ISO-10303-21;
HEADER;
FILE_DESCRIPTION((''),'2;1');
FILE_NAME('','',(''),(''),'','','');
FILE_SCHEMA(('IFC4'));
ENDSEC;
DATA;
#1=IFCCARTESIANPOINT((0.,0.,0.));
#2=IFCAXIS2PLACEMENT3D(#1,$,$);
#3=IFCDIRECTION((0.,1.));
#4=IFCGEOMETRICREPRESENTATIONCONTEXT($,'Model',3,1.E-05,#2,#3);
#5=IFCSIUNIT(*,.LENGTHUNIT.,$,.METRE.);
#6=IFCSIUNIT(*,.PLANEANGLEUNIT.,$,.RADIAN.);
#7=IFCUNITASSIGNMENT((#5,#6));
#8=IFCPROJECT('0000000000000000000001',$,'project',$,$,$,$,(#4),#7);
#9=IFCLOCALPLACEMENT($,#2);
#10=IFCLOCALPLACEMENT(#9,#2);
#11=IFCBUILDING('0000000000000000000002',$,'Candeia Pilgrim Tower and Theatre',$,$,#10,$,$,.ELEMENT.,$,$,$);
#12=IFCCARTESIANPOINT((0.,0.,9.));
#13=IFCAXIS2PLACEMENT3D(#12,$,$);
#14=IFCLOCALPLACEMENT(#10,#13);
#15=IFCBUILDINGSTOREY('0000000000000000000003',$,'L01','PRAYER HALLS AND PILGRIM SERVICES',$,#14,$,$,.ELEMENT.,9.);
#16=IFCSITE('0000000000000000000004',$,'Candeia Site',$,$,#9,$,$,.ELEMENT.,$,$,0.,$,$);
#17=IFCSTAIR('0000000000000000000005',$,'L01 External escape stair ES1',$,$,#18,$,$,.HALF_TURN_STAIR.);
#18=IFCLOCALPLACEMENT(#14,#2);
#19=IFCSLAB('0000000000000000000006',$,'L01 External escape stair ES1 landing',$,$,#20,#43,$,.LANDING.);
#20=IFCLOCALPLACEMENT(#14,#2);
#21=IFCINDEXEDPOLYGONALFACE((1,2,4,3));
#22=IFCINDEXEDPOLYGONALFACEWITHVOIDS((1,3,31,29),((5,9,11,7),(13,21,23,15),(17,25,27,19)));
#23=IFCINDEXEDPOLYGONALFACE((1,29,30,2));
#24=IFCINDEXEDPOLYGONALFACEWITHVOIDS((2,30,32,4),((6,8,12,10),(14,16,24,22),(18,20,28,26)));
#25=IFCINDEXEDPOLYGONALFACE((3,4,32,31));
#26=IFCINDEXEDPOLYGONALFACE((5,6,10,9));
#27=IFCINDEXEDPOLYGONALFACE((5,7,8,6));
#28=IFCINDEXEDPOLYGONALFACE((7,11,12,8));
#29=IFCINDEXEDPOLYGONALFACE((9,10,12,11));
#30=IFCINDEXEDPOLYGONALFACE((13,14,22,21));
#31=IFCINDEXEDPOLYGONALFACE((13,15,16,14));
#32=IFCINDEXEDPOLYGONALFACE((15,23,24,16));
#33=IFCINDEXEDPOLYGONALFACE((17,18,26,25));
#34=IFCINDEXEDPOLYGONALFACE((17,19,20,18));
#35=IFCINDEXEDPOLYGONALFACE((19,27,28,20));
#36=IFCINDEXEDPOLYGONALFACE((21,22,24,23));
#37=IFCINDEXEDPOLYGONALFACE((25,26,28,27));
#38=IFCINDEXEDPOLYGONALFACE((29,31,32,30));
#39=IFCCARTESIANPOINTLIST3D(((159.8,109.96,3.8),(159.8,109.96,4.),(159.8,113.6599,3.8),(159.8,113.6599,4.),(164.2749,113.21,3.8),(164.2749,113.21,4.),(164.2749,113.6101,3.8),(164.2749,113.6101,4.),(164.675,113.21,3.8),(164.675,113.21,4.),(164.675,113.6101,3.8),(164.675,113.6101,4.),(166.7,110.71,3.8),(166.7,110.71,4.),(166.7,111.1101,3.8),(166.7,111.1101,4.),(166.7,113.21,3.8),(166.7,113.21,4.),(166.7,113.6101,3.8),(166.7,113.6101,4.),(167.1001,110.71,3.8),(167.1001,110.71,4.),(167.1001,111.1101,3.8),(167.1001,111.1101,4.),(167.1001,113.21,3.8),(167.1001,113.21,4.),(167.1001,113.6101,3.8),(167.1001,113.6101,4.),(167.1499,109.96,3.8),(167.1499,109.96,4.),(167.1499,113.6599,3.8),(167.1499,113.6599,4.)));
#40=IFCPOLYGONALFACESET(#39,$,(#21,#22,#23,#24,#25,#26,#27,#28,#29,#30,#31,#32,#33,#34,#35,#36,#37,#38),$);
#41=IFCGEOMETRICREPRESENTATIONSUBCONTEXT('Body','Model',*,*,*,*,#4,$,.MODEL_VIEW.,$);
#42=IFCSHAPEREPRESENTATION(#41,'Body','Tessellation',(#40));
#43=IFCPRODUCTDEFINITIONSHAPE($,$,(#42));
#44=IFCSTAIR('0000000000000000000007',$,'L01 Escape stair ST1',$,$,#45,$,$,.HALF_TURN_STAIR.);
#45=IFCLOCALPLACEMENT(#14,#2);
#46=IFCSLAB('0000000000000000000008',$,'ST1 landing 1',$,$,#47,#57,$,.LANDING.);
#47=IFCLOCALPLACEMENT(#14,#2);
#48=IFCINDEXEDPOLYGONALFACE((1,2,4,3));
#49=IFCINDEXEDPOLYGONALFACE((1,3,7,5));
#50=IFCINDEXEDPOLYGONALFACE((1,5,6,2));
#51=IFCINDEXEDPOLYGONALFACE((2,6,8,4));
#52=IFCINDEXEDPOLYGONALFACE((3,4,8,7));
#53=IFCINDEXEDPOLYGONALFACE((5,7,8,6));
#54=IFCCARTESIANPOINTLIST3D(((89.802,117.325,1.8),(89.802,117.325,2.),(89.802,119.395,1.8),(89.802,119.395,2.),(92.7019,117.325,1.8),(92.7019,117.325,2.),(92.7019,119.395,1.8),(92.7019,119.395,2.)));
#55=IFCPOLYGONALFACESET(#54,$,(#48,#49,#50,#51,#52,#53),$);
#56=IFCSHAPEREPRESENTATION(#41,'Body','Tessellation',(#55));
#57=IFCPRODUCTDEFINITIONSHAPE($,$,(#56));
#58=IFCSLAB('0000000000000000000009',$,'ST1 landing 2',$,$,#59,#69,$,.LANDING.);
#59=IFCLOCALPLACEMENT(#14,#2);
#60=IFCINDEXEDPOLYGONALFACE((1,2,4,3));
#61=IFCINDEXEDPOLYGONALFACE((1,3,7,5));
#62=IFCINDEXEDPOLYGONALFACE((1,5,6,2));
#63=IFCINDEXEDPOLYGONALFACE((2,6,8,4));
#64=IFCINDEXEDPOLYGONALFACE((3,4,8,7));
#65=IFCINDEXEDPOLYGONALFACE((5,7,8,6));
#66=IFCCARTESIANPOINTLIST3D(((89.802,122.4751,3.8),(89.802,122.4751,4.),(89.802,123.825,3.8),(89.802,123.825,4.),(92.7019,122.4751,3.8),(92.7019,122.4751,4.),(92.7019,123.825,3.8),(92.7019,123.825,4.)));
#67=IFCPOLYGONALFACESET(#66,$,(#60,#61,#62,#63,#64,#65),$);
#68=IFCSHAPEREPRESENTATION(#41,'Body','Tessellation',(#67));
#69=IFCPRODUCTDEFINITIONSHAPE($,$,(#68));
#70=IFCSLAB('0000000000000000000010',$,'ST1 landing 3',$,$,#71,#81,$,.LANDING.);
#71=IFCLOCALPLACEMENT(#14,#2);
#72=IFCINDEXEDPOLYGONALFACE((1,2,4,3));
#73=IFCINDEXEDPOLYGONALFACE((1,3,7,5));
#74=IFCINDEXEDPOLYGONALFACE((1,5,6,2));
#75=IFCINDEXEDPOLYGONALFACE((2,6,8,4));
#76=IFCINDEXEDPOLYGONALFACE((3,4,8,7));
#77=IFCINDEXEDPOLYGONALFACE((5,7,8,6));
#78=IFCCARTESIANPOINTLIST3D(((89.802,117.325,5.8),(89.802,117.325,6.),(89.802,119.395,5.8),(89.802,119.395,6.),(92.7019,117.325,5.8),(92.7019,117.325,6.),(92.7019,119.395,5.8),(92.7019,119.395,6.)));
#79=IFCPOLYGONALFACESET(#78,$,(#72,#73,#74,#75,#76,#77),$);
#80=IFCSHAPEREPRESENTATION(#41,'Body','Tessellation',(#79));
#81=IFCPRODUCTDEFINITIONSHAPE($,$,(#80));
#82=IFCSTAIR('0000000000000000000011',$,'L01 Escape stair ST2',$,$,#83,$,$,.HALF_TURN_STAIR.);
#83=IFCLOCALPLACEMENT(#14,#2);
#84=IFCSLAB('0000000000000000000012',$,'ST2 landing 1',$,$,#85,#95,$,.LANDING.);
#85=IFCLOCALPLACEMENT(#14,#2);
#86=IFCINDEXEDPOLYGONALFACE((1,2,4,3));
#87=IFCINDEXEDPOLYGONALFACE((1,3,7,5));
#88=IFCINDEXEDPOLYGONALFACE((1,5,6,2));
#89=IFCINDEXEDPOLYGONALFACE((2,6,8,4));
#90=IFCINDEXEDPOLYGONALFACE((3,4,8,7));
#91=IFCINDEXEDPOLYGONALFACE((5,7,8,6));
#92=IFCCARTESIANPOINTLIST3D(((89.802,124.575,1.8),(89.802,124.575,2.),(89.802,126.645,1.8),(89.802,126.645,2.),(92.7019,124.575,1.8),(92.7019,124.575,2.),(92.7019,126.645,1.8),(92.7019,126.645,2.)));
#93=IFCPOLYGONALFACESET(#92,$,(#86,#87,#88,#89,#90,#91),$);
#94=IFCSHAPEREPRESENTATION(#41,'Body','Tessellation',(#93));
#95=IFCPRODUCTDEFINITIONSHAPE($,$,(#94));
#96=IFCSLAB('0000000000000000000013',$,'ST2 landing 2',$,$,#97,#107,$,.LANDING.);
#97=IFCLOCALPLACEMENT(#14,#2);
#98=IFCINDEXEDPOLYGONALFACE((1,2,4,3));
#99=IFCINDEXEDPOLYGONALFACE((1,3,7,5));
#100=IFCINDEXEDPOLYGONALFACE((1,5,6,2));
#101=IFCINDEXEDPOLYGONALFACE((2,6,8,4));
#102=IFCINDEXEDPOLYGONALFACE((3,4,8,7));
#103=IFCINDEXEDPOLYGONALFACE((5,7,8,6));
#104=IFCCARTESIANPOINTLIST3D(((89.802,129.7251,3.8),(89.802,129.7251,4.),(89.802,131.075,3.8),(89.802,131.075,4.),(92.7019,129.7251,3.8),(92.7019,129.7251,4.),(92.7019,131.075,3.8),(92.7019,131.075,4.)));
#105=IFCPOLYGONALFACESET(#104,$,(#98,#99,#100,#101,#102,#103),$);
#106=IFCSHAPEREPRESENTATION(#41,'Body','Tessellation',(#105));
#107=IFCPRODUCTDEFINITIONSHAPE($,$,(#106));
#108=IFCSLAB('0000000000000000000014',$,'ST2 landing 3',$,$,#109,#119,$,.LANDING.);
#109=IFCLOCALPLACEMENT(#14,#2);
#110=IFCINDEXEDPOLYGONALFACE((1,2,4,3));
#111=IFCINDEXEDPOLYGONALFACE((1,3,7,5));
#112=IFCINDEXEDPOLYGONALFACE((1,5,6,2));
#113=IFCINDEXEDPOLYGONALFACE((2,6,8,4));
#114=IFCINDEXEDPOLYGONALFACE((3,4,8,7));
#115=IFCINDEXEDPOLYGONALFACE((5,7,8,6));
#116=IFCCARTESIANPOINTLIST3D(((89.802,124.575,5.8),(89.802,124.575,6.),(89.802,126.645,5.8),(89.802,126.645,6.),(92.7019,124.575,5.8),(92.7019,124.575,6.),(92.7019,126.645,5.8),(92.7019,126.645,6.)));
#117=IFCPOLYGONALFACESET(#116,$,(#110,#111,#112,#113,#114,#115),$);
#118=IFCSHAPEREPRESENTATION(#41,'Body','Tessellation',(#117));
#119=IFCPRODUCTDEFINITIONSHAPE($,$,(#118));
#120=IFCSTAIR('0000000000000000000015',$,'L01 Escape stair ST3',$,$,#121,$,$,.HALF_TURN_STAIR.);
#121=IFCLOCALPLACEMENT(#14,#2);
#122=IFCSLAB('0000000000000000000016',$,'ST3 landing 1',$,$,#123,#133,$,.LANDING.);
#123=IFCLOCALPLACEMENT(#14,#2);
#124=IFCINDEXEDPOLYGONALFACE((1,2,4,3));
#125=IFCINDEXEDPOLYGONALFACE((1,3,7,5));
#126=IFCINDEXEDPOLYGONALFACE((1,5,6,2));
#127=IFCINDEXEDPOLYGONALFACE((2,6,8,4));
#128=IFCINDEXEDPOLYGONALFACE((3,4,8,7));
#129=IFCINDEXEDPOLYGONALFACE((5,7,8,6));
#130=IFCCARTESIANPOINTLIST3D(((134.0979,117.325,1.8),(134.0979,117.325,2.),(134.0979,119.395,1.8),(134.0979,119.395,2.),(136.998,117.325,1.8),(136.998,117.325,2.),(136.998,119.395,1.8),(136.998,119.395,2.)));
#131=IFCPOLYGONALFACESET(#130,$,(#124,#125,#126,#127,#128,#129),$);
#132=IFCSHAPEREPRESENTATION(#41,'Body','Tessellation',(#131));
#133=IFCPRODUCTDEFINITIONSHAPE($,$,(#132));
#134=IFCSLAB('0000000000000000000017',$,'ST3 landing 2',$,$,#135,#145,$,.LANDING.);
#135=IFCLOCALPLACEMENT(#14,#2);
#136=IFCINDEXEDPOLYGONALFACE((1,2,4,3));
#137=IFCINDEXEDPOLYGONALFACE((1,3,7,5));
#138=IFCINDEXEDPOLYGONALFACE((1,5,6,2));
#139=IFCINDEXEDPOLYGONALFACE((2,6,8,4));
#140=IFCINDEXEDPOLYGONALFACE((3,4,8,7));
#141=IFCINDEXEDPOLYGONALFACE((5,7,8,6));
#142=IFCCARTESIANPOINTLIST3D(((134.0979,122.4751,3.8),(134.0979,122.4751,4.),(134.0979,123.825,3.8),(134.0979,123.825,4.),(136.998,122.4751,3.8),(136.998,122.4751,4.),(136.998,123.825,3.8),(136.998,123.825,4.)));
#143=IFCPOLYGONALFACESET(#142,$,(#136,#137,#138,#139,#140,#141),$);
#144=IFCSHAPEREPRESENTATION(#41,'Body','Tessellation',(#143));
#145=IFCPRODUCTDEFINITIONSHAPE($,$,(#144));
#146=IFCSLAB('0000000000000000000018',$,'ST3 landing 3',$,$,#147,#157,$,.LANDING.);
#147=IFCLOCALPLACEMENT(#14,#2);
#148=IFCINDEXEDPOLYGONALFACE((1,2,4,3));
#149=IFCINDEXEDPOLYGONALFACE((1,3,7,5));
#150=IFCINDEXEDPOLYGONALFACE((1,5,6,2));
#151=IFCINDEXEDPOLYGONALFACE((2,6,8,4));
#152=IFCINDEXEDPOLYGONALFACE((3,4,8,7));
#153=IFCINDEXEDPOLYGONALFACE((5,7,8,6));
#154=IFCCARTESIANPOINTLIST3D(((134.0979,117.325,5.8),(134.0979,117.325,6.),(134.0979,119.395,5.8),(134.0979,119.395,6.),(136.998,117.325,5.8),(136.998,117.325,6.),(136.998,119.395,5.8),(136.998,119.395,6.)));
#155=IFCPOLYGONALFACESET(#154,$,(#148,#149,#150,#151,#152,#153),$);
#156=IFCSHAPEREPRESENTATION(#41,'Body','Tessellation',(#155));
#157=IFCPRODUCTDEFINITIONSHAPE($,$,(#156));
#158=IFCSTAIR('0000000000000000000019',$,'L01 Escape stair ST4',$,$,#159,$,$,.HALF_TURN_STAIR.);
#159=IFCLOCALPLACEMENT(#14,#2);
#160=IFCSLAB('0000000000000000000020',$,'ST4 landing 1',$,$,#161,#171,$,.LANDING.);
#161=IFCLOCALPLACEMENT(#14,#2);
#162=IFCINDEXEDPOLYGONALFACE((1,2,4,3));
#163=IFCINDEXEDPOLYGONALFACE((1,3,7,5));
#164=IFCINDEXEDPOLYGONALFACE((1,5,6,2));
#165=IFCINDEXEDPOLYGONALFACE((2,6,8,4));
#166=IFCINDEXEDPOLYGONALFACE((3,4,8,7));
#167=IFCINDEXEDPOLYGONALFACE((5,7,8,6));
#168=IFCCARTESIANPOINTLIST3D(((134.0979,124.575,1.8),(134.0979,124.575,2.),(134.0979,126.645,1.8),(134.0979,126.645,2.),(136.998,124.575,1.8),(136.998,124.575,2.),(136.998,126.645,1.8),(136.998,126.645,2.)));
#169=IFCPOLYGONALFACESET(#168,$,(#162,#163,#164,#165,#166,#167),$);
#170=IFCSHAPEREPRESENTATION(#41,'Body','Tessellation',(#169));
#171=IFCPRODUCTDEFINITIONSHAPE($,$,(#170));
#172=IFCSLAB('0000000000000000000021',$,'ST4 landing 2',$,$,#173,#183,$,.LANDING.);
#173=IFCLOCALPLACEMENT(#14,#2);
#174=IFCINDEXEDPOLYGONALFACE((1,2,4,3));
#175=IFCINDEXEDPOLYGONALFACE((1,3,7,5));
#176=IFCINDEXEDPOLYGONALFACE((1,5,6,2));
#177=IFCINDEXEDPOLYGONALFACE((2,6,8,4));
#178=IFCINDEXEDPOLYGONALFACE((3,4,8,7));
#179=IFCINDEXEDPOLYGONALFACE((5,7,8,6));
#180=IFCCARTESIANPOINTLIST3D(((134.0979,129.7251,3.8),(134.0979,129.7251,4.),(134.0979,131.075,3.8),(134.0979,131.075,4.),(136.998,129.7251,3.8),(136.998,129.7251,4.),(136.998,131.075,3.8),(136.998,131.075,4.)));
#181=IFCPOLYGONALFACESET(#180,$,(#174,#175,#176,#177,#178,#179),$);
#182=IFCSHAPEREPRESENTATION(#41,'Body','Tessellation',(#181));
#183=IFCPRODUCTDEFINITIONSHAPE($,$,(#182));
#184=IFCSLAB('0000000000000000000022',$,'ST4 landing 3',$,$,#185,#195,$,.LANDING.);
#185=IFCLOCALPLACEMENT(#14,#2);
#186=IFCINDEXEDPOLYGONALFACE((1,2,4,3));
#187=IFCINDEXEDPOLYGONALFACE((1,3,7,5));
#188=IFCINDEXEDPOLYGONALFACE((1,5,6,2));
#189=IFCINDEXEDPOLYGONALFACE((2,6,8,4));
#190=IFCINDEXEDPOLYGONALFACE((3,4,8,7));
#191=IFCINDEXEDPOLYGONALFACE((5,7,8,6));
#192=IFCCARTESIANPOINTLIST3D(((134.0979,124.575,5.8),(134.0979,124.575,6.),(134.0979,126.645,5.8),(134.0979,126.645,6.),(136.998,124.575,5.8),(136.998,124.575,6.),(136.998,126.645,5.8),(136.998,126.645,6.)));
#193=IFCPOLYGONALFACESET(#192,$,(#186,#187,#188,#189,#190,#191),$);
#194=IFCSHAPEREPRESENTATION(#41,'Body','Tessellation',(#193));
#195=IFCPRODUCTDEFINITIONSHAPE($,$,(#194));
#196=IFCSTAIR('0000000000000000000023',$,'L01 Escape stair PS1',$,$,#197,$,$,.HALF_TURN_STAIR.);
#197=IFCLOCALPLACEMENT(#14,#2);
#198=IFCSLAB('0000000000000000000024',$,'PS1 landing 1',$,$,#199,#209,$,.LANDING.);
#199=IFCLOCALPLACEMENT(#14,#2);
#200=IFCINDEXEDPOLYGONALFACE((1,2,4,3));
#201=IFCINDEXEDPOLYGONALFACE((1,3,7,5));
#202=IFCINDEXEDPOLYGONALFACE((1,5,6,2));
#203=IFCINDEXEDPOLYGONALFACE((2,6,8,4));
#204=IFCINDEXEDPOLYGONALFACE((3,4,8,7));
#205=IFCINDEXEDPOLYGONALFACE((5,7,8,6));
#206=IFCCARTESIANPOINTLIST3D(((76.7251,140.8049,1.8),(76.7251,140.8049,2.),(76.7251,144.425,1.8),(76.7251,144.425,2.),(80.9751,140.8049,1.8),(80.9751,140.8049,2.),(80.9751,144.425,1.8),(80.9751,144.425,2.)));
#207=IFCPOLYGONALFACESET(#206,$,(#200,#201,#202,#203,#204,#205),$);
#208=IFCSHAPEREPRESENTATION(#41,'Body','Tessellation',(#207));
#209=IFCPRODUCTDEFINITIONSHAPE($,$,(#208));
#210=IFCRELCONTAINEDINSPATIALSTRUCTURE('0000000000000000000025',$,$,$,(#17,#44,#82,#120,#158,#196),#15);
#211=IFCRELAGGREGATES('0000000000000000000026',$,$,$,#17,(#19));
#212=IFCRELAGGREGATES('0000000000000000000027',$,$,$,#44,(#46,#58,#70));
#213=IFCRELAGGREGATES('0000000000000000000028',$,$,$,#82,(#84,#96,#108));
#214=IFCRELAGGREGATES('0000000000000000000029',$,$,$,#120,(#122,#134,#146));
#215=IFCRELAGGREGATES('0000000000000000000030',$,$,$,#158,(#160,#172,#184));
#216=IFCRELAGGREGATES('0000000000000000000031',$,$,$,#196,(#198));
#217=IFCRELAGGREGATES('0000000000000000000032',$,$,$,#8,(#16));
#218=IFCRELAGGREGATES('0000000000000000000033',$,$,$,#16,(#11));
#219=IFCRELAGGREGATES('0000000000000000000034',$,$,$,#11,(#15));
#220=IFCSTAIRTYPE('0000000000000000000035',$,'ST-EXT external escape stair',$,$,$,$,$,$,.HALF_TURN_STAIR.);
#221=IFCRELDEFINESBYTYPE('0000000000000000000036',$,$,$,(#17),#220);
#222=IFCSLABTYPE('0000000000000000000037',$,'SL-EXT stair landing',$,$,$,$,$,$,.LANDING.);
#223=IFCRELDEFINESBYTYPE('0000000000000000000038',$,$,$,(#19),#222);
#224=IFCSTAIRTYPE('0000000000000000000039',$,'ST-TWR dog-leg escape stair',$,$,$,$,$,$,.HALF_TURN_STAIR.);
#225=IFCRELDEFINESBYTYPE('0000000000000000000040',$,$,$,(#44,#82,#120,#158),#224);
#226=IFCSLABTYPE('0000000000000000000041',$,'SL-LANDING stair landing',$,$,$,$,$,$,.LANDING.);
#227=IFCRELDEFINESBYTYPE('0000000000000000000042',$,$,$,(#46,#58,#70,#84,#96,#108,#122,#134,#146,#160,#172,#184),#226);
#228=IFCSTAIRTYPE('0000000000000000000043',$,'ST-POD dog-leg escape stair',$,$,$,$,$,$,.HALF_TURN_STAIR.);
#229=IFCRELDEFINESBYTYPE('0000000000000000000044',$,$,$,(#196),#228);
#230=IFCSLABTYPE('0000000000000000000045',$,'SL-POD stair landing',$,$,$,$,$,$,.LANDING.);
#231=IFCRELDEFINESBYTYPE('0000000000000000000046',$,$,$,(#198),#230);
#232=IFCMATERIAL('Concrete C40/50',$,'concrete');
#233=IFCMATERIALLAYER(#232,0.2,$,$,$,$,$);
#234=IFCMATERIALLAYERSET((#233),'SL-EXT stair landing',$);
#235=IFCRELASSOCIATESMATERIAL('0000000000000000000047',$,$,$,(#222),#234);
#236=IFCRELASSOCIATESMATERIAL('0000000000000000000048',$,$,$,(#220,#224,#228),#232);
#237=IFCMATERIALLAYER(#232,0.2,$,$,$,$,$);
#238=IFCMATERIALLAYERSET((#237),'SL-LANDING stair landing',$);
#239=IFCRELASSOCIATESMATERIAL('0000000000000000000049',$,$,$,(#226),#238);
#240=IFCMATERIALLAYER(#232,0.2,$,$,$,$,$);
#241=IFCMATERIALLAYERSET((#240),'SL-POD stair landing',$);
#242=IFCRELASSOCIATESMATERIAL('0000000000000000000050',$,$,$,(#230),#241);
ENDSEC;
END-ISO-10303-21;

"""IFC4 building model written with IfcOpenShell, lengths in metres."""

from ifc_helpers import new_model, si_unit, direction, frame, origin, place, context, subcontext, project, spatial, polyline, outline, extrude, material, layer, layer_set, type_object, element, aggregate, save


model = new_model("IFC4")

# Units and contexts
model_context = context("Model", 3, precision=1e-05, world=origin(), true_north=direction((0.0, 1.0)))
body_context = subcontext(model_context, "Body", "Model", "MODEL_VIEW")
ifc_project = project(units=[si_unit("LENGTHUNIT", "METRE"), si_unit("PLANEANGLEUNIT", "RADIAN")], contexts=[model_context])

# Site, building, storey
site_placement = place(None, origin())
site = spatial("IfcSite", under=ifc_project, at=site_placement, Name="Candeia Site", CompositionType="ELEMENT", RefElevation=0.0)
building_placement = place(site_placement, origin())
building = spatial("IfcBuilding", under=site, at=building_placement, Name="Candeia Pilgrim Tower and Theatre", CompositionType="ELEMENT")
storey_placement = place(building_placement, frame((0.0, 0.0, 9.0)))
storey = spatial("IfcBuildingStorey", under=building, at=storey_placement, Name="L01", Description="PRAYER HALLS AND PILGRIM SERVICES", CompositionType="ELEMENT", Elevation=9.0)

# Shared definitions
ifc_material_1 = material(Name="Concrete C40/50", Category="concrete")
ifc_layer_1 = layer(ifc_material_1, 0.2)
ifc_layer_set_1 = layer_set([ifc_layer_1], Name="SL-EXT stair landing")
slab_type_1 = type_object("IfcSlabType", Name="SL-EXT stair landing", PredefinedType="LANDING", material=ifc_layer_set_1)

# Stair, slab
stair_type_1 = type_object("IfcStairType", Name="ST-EXT external escape stair", PredefinedType="HALF_TURN_STAIR", material=ifc_material_1)
stair_1_placement = place(storey_placement, origin())
stair_1 = element("IfcStair", 1, at=stair_1_placement, inside=storey, type_object=stair_type_1, Name="L01 External escape stair ES1", PredefinedType="HALF_TURN_STAIR")
slab_1_placement = place(storey_placement, frame((0.0, 0.0, 3.8)))
slab_1 = element("IfcSlab", 2, at=slab_1_placement, type_object=slab_type_1, Name="L01 External escape stair ES1 landing", PredefinedType="LANDING", context=body_context, shape_type="SweptSolid", body=[
    extrude(outline(polyline([(159.8, 109.96), (159.8, 113.6599), (167.1499, 113.6599), (167.1499, 109.96), (159.8, 109.96)]), holes=[polyline([(166.7, 110.71), (167.1001, 110.71), (167.1001, 111.1101), (166.7, 111.1101), (166.7, 110.71)]), polyline([(166.7, 113.21), (167.1001, 113.21), (167.1001, 113.6101), (166.7, 113.6101), (166.7, 113.21)]), polyline([(164.2749, 113.21), (164.675, 113.21), (164.675, 113.6101), (164.2749, 113.6101), (164.2749, 113.21)])]), origin(), (0.0, 0.0, 1.0), 0.2),
])
aggregate(stair_1, [slab_1])

# Stairs, slabs
stair_type_2 = type_object("IfcStairType", Name="ST-TWR dog-leg escape stair", PredefinedType="HALF_TURN_STAIR", material=ifc_material_1)
stair_2_placement = place(storey_placement, origin())
stair_2 = element("IfcStair", 3, at=stair_2_placement, inside=storey, type_object=stair_type_2, Name="L01 Escape stair ST1", PredefinedType="HALF_TURN_STAIR")
ifc_layer_2 = layer(ifc_material_1, 0.2)
ifc_layer_set_2 = layer_set([ifc_layer_2], Name="SL-LANDING stair landing")
slab_type_2 = type_object("IfcSlabType", Name="SL-LANDING stair landing", PredefinedType="LANDING", material=ifc_layer_set_2)
slab_2_placement = place(storey_placement, frame((0.0, 0.0, 1.8)))
slab_2 = element("IfcSlab", 4, at=slab_2_placement, type_object=slab_type_2, Name="ST1 landing 1", PredefinedType="LANDING", context=body_context, shape_type="SweptSolid", body=[
    extrude(outline(polyline([(89.802, 119.395), (89.802, 117.325), (92.7019, 117.325), (92.7019, 119.395), (89.802, 119.395)])), origin(), (0.0, 0.0, 1.0), 0.2),
])
slab_3_placement = place(storey_placement, frame((0.0, 0.0, 3.8)))
slab_3 = element("IfcSlab", 5, at=slab_3_placement, type_object=slab_type_2, Name="ST1 landing 2", PredefinedType="LANDING", context=body_context, shape_type="SweptSolid", body=[
    extrude(outline(polyline([(89.802, 123.825), (89.802, 122.4751), (92.7019, 122.4751), (92.7019, 123.825), (89.802, 123.825)])), origin(), (0.0, 0.0, 1.0), 0.2),
])
slab_4_placement = place(storey_placement, frame((0.0, 0.0, 5.8)))
slab_4 = element("IfcSlab", 6, at=slab_4_placement, type_object=slab_type_2, Name="ST1 landing 3", PredefinedType="LANDING", context=body_context, shape_type="SweptSolid", body=[
    extrude(outline(polyline([(89.802, 119.395), (89.802, 117.325), (92.7019, 117.325), (92.7019, 119.395), (89.802, 119.395)])), origin(), (0.0, 0.0, 1.0), 0.2),
])
aggregate(stair_2, [slab_2, slab_3, slab_4])
stair_3_placement = place(storey_placement, origin())
stair_3 = element("IfcStair", 7, at=stair_3_placement, inside=storey, type_object=stair_type_2, Name="L01 Escape stair ST2", PredefinedType="HALF_TURN_STAIR")
slab_5_placement = place(storey_placement, frame((0.0, 0.0, 1.8)))
slab_5 = element("IfcSlab", 8, at=slab_5_placement, type_object=slab_type_2, Name="ST2 landing 1", PredefinedType="LANDING", context=body_context, shape_type="SweptSolid", body=[
    extrude(outline(polyline([(89.802, 126.645), (89.802, 124.575), (92.7019, 124.575), (92.7019, 126.645), (89.802, 126.645)])), origin(), (0.0, 0.0, 1.0), 0.2),
])
slab_6_placement = place(storey_placement, frame((0.0, 0.0, 3.8)))
slab_6 = element("IfcSlab", 9, at=slab_6_placement, type_object=slab_type_2, Name="ST2 landing 2", PredefinedType="LANDING", context=body_context, shape_type="SweptSolid", body=[
    extrude(outline(polyline([(89.802, 131.075), (89.802, 129.7251), (92.7019, 129.7251), (92.7019, 131.075), (89.802, 131.075)])), origin(), (0.0, 0.0, 1.0), 0.2),
])
slab_7_placement = place(storey_placement, frame((0.0, 0.0, 5.8)))
slab_7 = element("IfcSlab", 10, at=slab_7_placement, type_object=slab_type_2, Name="ST2 landing 3", PredefinedType="LANDING", context=body_context, shape_type="SweptSolid", body=[
    extrude(outline(polyline([(89.802, 126.645), (89.802, 124.575), (92.7019, 124.575), (92.7019, 126.645), (89.802, 126.645)])), origin(), (0.0, 0.0, 1.0), 0.2),
])
aggregate(stair_3, [slab_5, slab_6, slab_7])
stair_4_placement = place(storey_placement, origin())
stair_4 = element("IfcStair", 11, at=stair_4_placement, inside=storey, type_object=stair_type_2, Name="L01 Escape stair ST3", PredefinedType="HALF_TURN_STAIR")
slab_8_placement = place(storey_placement, frame((0.0, 0.0, 1.8)))
slab_8 = element("IfcSlab", 12, at=slab_8_placement, type_object=slab_type_2, Name="ST3 landing 1", PredefinedType="LANDING", context=body_context, shape_type="SweptSolid", body=[
    extrude(outline(polyline([(134.0979, 119.395), (134.0979, 117.325), (136.998, 117.325), (136.998, 119.395), (134.0979, 119.395)])), origin(), (0.0, 0.0, 1.0), 0.2),
])
slab_9_placement = place(storey_placement, frame((0.0, 0.0, 3.8)))
slab_9 = element("IfcSlab", 13, at=slab_9_placement, type_object=slab_type_2, Name="ST3 landing 2", PredefinedType="LANDING", context=body_context, shape_type="SweptSolid", body=[
    extrude(outline(polyline([(134.0979, 123.825), (134.0979, 122.4751), (136.998, 122.4751), (136.998, 123.825), (134.0979, 123.825)])), origin(), (0.0, 0.0, 1.0), 0.2),
])
slab_10_placement = place(storey_placement, frame((0.0, 0.0, 5.8)))
slab_10 = element("IfcSlab", 14, at=slab_10_placement, type_object=slab_type_2, Name="ST3 landing 3", PredefinedType="LANDING", context=body_context, shape_type="SweptSolid", body=[
    extrude(outline(polyline([(134.0979, 119.395), (134.0979, 117.325), (136.998, 117.325), (136.998, 119.395), (134.0979, 119.395)])), origin(), (0.0, 0.0, 1.0), 0.2),
])
aggregate(stair_4, [slab_8, slab_9, slab_10])
stair_5_placement = place(storey_placement, origin())
stair_5 = element("IfcStair", 15, at=stair_5_placement, inside=storey, type_object=stair_type_2, Name="L01 Escape stair ST4", PredefinedType="HALF_TURN_STAIR")
slab_11_placement = place(storey_placement, frame((0.0, 0.0, 1.8)))
slab_11 = element("IfcSlab", 16, at=slab_11_placement, type_object=slab_type_2, Name="ST4 landing 1", PredefinedType="LANDING", context=body_context, shape_type="SweptSolid", body=[
    extrude(outline(polyline([(134.0979, 126.645), (134.0979, 124.575), (136.998, 124.575), (136.998, 126.645), (134.0979, 126.645)])), origin(), (0.0, 0.0, 1.0), 0.2),
])
slab_12_placement = place(storey_placement, frame((0.0, 0.0, 3.8)))
slab_12 = element("IfcSlab", 17, at=slab_12_placement, type_object=slab_type_2, Name="ST4 landing 2", PredefinedType="LANDING", context=body_context, shape_type="SweptSolid", body=[
    extrude(outline(polyline([(134.0979, 131.075), (134.0979, 129.7251), (136.998, 129.7251), (136.998, 131.075), (134.0979, 131.075)])), origin(), (0.0, 0.0, 1.0), 0.2),
])
slab_13_placement = place(storey_placement, frame((0.0, 0.0, 5.8)))
slab_13 = element("IfcSlab", 18, at=slab_13_placement, type_object=slab_type_2, Name="ST4 landing 3", PredefinedType="LANDING", context=body_context, shape_type="SweptSolid", body=[
    extrude(outline(polyline([(134.0979, 126.645), (134.0979, 124.575), (136.998, 124.575), (136.998, 126.645), (134.0979, 126.645)])), origin(), (0.0, 0.0, 1.0), 0.2),
])
aggregate(stair_5, [slab_11, slab_12, slab_13])
stair_type_3 = type_object("IfcStairType", Name="ST-POD dog-leg escape stair", PredefinedType="HALF_TURN_STAIR", material=ifc_material_1)
stair_6_placement = place(storey_placement, origin())
stair_6 = element("IfcStair", 19, at=stair_6_placement, inside=storey, type_object=stair_type_3, Name="L01 Escape stair PS1", PredefinedType="HALF_TURN_STAIR")
ifc_layer_3 = layer(ifc_material_1, 0.2)
ifc_layer_set_3 = layer_set([ifc_layer_3], Name="SL-POD stair landing")
slab_type_3 = type_object("IfcSlabType", Name="SL-POD stair landing", PredefinedType="LANDING", material=ifc_layer_set_3)
slab_14_placement = place(storey_placement, frame((0.0, 0.0, 1.8)))
slab_14 = element("IfcSlab", 20, at=slab_14_placement, type_object=slab_type_3, Name="PS1 landing 1", PredefinedType="LANDING", context=body_context, shape_type="SweptSolid", body=[
    extrude(outline(polyline([(80.9751, 140.8049), (80.9751, 144.425), (76.7251, 144.425), (76.7251, 140.8049), (80.9751, 140.8049)])), origin(), (0.0, 0.0, 1.0), 0.2),
])
aggregate(stair_6, [slab_14])

save(model, "model.ifc")
